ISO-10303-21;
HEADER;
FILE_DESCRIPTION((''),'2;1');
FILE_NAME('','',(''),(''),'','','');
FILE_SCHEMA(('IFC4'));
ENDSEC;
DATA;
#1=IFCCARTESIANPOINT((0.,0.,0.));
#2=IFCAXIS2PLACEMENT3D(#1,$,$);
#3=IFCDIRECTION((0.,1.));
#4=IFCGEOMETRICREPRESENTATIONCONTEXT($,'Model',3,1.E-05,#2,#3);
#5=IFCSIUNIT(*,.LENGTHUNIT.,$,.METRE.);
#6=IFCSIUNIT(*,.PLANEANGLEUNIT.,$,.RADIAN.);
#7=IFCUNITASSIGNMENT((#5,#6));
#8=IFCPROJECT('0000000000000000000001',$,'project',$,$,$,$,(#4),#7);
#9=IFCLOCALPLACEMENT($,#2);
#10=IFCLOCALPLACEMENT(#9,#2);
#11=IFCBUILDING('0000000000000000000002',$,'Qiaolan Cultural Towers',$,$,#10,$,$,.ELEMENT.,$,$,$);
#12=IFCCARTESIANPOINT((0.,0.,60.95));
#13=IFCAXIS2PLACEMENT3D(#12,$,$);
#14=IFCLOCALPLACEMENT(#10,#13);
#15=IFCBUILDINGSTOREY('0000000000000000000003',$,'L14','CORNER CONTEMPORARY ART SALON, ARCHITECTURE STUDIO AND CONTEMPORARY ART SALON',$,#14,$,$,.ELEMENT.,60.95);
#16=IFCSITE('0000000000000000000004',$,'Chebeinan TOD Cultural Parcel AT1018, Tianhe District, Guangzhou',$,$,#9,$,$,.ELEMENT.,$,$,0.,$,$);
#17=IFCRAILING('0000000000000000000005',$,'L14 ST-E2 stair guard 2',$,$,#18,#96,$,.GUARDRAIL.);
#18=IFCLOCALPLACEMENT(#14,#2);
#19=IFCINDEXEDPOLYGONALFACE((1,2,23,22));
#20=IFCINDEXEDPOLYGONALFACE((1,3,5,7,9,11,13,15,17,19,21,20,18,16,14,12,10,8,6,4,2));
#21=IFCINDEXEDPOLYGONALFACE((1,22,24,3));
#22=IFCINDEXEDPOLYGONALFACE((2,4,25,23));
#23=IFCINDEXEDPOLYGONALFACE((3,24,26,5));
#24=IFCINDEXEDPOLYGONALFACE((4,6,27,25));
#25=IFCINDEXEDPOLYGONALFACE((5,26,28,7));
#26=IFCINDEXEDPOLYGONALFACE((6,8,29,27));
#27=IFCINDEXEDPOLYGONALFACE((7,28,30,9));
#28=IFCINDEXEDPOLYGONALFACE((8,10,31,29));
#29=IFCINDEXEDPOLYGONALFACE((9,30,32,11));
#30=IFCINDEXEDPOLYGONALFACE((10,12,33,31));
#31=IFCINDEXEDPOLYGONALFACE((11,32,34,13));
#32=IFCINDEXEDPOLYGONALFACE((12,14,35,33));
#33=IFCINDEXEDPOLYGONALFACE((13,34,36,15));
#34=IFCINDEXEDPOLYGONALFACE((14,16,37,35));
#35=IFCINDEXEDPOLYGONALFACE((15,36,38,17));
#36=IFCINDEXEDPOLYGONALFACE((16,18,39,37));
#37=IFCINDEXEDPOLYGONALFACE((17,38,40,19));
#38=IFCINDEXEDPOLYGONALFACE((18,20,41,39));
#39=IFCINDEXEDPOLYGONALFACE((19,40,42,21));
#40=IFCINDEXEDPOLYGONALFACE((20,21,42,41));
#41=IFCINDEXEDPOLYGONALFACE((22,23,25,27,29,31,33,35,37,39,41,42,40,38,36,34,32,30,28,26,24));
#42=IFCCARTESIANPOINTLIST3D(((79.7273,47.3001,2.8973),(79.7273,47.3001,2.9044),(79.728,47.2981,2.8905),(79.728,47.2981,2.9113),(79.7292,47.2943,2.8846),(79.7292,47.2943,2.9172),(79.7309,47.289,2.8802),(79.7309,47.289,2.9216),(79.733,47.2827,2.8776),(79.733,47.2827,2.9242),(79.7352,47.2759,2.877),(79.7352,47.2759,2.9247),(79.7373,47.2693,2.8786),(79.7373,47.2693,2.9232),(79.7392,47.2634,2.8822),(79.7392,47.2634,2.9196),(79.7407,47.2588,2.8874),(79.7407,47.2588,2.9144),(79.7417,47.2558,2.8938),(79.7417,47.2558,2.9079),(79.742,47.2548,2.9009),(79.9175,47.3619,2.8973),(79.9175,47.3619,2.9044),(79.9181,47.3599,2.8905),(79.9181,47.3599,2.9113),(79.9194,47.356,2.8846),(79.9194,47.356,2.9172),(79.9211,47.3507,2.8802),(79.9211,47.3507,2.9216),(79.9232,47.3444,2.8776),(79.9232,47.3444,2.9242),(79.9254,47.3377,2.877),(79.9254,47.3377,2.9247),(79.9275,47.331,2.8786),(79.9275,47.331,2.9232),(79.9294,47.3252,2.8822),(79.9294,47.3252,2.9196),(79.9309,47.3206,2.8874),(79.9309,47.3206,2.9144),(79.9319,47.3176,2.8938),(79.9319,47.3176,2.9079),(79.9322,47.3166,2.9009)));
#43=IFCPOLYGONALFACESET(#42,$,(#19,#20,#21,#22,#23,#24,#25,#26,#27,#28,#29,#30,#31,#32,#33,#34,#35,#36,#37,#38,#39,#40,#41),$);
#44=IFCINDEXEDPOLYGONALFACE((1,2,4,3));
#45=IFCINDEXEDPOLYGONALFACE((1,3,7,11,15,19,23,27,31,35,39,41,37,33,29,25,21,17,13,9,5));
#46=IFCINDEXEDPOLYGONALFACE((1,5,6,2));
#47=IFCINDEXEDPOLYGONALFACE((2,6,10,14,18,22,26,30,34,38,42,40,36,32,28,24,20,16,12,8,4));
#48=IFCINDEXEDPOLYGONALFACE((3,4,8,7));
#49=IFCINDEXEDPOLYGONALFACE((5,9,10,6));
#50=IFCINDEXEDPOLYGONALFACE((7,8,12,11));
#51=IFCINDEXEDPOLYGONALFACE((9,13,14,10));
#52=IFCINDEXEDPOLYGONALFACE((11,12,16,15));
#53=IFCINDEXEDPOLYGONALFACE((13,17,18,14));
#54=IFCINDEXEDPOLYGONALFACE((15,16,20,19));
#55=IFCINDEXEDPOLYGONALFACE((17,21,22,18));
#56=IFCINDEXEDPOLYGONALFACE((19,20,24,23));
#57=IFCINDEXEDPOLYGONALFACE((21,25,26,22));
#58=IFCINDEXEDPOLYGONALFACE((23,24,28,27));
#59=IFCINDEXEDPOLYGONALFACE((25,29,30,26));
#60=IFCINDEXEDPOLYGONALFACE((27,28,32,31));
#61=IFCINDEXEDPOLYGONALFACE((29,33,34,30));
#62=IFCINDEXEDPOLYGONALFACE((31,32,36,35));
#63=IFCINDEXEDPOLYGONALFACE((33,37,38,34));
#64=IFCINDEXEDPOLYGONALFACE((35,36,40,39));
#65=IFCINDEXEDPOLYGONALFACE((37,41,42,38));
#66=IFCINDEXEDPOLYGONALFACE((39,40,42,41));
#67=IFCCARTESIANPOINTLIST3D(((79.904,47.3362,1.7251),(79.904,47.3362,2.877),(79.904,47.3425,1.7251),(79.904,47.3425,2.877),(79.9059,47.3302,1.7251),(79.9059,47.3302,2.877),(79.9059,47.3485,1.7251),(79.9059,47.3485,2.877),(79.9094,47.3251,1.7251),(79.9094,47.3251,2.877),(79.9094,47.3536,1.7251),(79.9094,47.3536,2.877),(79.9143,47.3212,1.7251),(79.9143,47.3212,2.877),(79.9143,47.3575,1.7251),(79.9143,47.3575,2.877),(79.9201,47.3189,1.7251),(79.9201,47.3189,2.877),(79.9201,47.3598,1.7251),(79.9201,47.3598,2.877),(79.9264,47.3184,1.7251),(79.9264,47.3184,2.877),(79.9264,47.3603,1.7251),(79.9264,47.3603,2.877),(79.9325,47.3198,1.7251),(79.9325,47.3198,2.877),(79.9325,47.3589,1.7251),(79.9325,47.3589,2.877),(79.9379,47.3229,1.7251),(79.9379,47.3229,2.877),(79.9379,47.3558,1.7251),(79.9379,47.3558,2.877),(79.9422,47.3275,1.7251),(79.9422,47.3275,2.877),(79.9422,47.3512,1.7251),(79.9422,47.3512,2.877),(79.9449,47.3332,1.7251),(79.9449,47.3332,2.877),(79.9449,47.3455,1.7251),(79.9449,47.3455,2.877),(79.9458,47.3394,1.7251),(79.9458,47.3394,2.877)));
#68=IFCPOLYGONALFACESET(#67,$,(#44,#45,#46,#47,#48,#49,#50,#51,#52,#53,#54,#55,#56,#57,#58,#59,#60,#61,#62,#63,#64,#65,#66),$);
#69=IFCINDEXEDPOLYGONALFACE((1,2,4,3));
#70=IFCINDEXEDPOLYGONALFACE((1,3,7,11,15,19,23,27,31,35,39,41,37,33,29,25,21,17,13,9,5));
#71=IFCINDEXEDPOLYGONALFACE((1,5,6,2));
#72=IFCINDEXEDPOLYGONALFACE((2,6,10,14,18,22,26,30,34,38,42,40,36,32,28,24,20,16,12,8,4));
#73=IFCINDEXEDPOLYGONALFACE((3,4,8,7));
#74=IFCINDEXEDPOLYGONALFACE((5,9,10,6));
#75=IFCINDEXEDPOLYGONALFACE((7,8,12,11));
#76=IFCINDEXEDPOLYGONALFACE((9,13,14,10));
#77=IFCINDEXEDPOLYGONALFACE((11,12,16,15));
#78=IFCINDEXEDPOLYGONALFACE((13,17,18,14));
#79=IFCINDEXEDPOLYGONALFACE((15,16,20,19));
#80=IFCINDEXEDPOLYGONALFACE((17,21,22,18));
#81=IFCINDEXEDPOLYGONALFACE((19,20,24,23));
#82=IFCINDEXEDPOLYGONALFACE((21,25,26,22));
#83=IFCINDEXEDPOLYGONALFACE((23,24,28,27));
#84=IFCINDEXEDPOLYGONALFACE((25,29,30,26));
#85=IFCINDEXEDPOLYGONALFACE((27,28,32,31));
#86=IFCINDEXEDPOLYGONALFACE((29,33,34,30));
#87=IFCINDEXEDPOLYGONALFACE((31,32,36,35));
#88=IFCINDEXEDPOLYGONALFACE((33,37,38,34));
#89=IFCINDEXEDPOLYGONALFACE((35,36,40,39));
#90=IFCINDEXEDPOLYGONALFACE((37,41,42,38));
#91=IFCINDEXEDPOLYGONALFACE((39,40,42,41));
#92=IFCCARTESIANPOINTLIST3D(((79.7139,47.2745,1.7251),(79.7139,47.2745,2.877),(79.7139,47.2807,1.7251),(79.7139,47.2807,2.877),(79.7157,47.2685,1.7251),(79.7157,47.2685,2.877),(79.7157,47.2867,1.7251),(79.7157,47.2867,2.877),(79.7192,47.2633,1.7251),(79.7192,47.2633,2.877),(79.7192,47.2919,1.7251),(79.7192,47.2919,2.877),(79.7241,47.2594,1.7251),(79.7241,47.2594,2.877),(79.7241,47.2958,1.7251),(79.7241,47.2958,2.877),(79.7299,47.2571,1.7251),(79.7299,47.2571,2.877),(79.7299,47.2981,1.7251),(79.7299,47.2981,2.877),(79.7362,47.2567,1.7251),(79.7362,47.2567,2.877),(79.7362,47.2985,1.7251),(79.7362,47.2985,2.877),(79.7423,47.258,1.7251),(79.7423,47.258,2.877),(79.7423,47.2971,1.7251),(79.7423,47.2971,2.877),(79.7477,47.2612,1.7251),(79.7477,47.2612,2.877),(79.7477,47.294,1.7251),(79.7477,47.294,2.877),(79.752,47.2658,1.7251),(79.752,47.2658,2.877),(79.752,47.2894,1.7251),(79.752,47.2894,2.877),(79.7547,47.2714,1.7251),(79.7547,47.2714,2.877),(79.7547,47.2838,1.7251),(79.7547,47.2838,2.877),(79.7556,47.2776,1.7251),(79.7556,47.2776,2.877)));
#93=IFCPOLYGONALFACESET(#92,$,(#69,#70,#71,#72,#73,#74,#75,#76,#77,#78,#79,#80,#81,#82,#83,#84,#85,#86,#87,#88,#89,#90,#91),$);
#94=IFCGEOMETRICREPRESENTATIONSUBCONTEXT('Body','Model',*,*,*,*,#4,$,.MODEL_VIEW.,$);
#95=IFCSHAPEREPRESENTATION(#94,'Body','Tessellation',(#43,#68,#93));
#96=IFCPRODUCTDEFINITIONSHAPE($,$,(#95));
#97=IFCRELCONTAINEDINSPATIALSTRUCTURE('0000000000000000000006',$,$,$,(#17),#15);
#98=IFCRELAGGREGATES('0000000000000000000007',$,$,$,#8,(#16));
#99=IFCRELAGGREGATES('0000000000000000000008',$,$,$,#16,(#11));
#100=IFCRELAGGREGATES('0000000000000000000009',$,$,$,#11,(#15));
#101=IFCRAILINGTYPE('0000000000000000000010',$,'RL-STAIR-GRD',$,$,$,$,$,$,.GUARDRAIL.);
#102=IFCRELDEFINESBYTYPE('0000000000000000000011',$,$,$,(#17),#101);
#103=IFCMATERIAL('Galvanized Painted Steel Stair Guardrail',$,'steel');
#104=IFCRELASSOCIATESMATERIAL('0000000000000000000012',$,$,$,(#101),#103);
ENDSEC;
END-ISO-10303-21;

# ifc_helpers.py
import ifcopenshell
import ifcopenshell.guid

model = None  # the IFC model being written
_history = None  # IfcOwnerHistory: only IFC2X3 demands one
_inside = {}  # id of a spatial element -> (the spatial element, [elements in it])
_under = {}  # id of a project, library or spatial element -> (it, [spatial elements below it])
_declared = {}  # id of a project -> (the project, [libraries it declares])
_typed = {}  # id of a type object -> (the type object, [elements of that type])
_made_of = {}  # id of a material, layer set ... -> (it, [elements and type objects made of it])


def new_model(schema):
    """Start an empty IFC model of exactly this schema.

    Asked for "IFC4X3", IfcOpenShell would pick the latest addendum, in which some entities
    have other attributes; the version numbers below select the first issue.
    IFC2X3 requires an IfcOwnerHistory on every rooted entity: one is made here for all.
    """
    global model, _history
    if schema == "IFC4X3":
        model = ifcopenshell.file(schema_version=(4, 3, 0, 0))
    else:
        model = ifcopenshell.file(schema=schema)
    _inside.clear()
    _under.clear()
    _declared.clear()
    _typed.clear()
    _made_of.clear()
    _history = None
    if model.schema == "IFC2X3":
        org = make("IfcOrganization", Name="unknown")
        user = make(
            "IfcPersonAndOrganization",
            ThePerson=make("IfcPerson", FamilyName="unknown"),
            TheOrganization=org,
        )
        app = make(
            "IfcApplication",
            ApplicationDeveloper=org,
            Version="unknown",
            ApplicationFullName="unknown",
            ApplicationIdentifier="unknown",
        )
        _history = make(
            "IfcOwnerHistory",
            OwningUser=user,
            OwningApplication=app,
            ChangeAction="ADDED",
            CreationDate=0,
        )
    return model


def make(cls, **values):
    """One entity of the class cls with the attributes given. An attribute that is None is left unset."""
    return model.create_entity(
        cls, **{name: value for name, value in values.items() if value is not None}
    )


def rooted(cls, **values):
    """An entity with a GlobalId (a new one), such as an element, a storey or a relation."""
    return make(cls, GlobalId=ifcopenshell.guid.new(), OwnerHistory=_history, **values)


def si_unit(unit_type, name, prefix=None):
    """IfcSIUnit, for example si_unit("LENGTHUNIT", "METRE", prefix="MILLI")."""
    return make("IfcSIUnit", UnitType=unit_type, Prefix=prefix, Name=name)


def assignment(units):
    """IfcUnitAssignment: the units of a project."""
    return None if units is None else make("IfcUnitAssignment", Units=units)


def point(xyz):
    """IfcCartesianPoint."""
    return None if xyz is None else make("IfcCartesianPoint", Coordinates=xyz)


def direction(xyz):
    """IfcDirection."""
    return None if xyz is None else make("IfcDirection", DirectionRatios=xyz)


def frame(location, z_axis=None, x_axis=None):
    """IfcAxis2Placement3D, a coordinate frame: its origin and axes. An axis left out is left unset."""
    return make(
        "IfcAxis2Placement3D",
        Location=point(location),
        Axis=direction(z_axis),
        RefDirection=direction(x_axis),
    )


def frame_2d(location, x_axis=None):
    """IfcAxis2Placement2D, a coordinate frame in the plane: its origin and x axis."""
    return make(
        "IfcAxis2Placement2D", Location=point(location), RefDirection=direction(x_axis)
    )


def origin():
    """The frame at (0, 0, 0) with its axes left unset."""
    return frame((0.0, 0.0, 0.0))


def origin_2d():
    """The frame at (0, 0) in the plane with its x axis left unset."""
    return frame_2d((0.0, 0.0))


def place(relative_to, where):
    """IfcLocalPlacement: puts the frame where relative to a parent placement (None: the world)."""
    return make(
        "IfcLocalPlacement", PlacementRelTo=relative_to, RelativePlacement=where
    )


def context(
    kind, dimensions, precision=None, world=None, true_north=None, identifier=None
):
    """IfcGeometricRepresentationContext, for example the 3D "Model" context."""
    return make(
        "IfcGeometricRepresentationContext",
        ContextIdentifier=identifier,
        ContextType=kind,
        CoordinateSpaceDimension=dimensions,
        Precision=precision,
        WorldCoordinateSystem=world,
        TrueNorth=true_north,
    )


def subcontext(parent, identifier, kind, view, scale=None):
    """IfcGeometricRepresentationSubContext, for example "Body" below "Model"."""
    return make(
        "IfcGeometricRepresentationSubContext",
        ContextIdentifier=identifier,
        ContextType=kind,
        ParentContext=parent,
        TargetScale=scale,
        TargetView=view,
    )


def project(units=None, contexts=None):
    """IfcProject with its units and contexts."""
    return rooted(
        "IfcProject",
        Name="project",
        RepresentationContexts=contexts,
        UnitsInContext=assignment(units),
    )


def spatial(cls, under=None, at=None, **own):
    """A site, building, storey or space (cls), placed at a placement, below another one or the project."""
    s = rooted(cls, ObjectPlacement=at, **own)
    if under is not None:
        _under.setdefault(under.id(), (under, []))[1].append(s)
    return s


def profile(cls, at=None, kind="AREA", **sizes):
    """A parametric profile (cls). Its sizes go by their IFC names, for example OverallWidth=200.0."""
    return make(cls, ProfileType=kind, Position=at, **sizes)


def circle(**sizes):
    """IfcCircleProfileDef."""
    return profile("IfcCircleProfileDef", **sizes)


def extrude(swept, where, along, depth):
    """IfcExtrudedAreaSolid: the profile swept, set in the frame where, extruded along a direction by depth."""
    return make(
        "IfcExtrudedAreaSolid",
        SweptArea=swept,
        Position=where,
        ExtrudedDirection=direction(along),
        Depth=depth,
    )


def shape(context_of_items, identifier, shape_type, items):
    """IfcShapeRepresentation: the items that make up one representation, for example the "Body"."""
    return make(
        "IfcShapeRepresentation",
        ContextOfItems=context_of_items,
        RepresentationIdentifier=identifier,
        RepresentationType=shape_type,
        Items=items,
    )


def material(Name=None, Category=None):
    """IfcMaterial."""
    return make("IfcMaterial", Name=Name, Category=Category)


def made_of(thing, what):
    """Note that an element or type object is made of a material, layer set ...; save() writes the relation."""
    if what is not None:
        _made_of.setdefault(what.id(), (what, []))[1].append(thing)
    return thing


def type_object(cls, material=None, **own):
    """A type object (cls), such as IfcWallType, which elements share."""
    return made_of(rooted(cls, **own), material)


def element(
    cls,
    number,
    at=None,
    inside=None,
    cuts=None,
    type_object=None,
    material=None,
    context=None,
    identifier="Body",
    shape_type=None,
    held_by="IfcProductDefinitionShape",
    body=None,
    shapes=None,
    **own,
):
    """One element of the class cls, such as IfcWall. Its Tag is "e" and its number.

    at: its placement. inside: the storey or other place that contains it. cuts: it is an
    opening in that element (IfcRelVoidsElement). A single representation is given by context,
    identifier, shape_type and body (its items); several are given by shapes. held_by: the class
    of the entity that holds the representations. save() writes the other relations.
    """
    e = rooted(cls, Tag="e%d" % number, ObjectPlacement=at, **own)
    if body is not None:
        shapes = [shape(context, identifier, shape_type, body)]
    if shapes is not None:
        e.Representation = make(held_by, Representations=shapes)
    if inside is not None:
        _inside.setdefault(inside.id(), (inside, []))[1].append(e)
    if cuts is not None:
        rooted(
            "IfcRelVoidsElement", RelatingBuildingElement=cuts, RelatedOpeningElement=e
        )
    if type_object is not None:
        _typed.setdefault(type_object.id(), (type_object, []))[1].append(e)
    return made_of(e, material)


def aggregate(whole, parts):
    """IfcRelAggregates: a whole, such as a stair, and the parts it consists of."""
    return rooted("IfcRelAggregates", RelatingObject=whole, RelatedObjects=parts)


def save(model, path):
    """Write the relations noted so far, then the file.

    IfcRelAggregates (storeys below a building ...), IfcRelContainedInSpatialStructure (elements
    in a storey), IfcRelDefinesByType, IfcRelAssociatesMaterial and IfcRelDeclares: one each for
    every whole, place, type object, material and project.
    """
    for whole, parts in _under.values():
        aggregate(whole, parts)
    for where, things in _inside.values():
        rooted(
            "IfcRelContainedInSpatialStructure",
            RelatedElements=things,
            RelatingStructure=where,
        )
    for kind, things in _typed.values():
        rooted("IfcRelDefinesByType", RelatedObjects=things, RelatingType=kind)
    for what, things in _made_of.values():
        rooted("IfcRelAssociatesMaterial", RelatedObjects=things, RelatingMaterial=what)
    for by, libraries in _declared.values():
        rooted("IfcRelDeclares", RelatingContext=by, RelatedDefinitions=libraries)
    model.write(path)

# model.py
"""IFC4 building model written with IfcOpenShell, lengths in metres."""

from ifc_helpers import new_model, si_unit, direction, frame, origin, origin_2d, place, context, subcontext, project, spatial, circle, extrude, material, type_object, element, save


model = new_model("IFC4")

# Units and contexts
model_context = context("Model", 3, precision=1e-05, world=origin(), true_north=direction((0.0, 1.0)))
body_context = subcontext(model_context, "Body", "Model", "MODEL_VIEW")
ifc_project = project(units=[si_unit("LENGTHUNIT", "METRE"), si_unit("PLANEANGLEUNIT", "RADIAN")], contexts=[model_context])

# Site, building, storey
site_placement = place(None, origin())
site = spatial("IfcSite", under=ifc_project, at=site_placement, Name="Chebeinan TOD Cultural Parcel AT1018, Tianhe District, Guangzhou", CompositionType="ELEMENT", RefElevation=0.0)
building_placement = place(site_placement, origin())
building = spatial("IfcBuilding", under=site, at=building_placement, Name="Qiaolan Cultural Towers", CompositionType="ELEMENT")
storey_placement = place(building_placement, frame((0.0, 0.0, 60.95)))
storey = spatial("IfcBuildingStorey", under=building, at=storey_placement, Name="L14", Description="CORNER CONTEMPORARY ART SALON, ARCHITECTURE STUDIO AND CONTEMPORARY ART SALON", CompositionType="ELEMENT", Elevation=60.95)

# Railing
ifc_material_1 = material(Name="Galvanized Painted Steel Stair Guardrail", Category="steel")
railing_type_1 = type_object("IfcRailingType", Name="RL-STAIR-GRD", PredefinedType="GUARDRAIL", material=ifc_material_1)
railing_1_placement = place(storey_placement, frame((79.9248, 47.3394, 1.7251)))
element("IfcRailing", 1, at=railing_1_placement, inside=storey, type_object=railing_type_1, Name="L14 ST-E2 stair guard 2", PredefinedType="GUARDRAIL", context=body_context, shape_type="SweptSolid", body=[
    extrude(circle(Radius=0.0239, at=origin_2d()), frame((0.0, 0.0, 1.1758), z_axis=(-0.951097, -0.308893, 0.0), x_axis=(0.308893, -0.951097, 0.0)), (0.0, 0.0, 1.0), 0.2),
    extrude(circle(Radius=0.021, at=origin_2d()), origin(), (0.0, 0.0, 1.0), 1.1519),
    extrude(circle(Radius=0.021, at=origin_2d()), frame((-0.1902, -0.0618, 0.0)), (0.0, 0.0, 1.0), 1.1519),
])

save(model, "model.ifc")
